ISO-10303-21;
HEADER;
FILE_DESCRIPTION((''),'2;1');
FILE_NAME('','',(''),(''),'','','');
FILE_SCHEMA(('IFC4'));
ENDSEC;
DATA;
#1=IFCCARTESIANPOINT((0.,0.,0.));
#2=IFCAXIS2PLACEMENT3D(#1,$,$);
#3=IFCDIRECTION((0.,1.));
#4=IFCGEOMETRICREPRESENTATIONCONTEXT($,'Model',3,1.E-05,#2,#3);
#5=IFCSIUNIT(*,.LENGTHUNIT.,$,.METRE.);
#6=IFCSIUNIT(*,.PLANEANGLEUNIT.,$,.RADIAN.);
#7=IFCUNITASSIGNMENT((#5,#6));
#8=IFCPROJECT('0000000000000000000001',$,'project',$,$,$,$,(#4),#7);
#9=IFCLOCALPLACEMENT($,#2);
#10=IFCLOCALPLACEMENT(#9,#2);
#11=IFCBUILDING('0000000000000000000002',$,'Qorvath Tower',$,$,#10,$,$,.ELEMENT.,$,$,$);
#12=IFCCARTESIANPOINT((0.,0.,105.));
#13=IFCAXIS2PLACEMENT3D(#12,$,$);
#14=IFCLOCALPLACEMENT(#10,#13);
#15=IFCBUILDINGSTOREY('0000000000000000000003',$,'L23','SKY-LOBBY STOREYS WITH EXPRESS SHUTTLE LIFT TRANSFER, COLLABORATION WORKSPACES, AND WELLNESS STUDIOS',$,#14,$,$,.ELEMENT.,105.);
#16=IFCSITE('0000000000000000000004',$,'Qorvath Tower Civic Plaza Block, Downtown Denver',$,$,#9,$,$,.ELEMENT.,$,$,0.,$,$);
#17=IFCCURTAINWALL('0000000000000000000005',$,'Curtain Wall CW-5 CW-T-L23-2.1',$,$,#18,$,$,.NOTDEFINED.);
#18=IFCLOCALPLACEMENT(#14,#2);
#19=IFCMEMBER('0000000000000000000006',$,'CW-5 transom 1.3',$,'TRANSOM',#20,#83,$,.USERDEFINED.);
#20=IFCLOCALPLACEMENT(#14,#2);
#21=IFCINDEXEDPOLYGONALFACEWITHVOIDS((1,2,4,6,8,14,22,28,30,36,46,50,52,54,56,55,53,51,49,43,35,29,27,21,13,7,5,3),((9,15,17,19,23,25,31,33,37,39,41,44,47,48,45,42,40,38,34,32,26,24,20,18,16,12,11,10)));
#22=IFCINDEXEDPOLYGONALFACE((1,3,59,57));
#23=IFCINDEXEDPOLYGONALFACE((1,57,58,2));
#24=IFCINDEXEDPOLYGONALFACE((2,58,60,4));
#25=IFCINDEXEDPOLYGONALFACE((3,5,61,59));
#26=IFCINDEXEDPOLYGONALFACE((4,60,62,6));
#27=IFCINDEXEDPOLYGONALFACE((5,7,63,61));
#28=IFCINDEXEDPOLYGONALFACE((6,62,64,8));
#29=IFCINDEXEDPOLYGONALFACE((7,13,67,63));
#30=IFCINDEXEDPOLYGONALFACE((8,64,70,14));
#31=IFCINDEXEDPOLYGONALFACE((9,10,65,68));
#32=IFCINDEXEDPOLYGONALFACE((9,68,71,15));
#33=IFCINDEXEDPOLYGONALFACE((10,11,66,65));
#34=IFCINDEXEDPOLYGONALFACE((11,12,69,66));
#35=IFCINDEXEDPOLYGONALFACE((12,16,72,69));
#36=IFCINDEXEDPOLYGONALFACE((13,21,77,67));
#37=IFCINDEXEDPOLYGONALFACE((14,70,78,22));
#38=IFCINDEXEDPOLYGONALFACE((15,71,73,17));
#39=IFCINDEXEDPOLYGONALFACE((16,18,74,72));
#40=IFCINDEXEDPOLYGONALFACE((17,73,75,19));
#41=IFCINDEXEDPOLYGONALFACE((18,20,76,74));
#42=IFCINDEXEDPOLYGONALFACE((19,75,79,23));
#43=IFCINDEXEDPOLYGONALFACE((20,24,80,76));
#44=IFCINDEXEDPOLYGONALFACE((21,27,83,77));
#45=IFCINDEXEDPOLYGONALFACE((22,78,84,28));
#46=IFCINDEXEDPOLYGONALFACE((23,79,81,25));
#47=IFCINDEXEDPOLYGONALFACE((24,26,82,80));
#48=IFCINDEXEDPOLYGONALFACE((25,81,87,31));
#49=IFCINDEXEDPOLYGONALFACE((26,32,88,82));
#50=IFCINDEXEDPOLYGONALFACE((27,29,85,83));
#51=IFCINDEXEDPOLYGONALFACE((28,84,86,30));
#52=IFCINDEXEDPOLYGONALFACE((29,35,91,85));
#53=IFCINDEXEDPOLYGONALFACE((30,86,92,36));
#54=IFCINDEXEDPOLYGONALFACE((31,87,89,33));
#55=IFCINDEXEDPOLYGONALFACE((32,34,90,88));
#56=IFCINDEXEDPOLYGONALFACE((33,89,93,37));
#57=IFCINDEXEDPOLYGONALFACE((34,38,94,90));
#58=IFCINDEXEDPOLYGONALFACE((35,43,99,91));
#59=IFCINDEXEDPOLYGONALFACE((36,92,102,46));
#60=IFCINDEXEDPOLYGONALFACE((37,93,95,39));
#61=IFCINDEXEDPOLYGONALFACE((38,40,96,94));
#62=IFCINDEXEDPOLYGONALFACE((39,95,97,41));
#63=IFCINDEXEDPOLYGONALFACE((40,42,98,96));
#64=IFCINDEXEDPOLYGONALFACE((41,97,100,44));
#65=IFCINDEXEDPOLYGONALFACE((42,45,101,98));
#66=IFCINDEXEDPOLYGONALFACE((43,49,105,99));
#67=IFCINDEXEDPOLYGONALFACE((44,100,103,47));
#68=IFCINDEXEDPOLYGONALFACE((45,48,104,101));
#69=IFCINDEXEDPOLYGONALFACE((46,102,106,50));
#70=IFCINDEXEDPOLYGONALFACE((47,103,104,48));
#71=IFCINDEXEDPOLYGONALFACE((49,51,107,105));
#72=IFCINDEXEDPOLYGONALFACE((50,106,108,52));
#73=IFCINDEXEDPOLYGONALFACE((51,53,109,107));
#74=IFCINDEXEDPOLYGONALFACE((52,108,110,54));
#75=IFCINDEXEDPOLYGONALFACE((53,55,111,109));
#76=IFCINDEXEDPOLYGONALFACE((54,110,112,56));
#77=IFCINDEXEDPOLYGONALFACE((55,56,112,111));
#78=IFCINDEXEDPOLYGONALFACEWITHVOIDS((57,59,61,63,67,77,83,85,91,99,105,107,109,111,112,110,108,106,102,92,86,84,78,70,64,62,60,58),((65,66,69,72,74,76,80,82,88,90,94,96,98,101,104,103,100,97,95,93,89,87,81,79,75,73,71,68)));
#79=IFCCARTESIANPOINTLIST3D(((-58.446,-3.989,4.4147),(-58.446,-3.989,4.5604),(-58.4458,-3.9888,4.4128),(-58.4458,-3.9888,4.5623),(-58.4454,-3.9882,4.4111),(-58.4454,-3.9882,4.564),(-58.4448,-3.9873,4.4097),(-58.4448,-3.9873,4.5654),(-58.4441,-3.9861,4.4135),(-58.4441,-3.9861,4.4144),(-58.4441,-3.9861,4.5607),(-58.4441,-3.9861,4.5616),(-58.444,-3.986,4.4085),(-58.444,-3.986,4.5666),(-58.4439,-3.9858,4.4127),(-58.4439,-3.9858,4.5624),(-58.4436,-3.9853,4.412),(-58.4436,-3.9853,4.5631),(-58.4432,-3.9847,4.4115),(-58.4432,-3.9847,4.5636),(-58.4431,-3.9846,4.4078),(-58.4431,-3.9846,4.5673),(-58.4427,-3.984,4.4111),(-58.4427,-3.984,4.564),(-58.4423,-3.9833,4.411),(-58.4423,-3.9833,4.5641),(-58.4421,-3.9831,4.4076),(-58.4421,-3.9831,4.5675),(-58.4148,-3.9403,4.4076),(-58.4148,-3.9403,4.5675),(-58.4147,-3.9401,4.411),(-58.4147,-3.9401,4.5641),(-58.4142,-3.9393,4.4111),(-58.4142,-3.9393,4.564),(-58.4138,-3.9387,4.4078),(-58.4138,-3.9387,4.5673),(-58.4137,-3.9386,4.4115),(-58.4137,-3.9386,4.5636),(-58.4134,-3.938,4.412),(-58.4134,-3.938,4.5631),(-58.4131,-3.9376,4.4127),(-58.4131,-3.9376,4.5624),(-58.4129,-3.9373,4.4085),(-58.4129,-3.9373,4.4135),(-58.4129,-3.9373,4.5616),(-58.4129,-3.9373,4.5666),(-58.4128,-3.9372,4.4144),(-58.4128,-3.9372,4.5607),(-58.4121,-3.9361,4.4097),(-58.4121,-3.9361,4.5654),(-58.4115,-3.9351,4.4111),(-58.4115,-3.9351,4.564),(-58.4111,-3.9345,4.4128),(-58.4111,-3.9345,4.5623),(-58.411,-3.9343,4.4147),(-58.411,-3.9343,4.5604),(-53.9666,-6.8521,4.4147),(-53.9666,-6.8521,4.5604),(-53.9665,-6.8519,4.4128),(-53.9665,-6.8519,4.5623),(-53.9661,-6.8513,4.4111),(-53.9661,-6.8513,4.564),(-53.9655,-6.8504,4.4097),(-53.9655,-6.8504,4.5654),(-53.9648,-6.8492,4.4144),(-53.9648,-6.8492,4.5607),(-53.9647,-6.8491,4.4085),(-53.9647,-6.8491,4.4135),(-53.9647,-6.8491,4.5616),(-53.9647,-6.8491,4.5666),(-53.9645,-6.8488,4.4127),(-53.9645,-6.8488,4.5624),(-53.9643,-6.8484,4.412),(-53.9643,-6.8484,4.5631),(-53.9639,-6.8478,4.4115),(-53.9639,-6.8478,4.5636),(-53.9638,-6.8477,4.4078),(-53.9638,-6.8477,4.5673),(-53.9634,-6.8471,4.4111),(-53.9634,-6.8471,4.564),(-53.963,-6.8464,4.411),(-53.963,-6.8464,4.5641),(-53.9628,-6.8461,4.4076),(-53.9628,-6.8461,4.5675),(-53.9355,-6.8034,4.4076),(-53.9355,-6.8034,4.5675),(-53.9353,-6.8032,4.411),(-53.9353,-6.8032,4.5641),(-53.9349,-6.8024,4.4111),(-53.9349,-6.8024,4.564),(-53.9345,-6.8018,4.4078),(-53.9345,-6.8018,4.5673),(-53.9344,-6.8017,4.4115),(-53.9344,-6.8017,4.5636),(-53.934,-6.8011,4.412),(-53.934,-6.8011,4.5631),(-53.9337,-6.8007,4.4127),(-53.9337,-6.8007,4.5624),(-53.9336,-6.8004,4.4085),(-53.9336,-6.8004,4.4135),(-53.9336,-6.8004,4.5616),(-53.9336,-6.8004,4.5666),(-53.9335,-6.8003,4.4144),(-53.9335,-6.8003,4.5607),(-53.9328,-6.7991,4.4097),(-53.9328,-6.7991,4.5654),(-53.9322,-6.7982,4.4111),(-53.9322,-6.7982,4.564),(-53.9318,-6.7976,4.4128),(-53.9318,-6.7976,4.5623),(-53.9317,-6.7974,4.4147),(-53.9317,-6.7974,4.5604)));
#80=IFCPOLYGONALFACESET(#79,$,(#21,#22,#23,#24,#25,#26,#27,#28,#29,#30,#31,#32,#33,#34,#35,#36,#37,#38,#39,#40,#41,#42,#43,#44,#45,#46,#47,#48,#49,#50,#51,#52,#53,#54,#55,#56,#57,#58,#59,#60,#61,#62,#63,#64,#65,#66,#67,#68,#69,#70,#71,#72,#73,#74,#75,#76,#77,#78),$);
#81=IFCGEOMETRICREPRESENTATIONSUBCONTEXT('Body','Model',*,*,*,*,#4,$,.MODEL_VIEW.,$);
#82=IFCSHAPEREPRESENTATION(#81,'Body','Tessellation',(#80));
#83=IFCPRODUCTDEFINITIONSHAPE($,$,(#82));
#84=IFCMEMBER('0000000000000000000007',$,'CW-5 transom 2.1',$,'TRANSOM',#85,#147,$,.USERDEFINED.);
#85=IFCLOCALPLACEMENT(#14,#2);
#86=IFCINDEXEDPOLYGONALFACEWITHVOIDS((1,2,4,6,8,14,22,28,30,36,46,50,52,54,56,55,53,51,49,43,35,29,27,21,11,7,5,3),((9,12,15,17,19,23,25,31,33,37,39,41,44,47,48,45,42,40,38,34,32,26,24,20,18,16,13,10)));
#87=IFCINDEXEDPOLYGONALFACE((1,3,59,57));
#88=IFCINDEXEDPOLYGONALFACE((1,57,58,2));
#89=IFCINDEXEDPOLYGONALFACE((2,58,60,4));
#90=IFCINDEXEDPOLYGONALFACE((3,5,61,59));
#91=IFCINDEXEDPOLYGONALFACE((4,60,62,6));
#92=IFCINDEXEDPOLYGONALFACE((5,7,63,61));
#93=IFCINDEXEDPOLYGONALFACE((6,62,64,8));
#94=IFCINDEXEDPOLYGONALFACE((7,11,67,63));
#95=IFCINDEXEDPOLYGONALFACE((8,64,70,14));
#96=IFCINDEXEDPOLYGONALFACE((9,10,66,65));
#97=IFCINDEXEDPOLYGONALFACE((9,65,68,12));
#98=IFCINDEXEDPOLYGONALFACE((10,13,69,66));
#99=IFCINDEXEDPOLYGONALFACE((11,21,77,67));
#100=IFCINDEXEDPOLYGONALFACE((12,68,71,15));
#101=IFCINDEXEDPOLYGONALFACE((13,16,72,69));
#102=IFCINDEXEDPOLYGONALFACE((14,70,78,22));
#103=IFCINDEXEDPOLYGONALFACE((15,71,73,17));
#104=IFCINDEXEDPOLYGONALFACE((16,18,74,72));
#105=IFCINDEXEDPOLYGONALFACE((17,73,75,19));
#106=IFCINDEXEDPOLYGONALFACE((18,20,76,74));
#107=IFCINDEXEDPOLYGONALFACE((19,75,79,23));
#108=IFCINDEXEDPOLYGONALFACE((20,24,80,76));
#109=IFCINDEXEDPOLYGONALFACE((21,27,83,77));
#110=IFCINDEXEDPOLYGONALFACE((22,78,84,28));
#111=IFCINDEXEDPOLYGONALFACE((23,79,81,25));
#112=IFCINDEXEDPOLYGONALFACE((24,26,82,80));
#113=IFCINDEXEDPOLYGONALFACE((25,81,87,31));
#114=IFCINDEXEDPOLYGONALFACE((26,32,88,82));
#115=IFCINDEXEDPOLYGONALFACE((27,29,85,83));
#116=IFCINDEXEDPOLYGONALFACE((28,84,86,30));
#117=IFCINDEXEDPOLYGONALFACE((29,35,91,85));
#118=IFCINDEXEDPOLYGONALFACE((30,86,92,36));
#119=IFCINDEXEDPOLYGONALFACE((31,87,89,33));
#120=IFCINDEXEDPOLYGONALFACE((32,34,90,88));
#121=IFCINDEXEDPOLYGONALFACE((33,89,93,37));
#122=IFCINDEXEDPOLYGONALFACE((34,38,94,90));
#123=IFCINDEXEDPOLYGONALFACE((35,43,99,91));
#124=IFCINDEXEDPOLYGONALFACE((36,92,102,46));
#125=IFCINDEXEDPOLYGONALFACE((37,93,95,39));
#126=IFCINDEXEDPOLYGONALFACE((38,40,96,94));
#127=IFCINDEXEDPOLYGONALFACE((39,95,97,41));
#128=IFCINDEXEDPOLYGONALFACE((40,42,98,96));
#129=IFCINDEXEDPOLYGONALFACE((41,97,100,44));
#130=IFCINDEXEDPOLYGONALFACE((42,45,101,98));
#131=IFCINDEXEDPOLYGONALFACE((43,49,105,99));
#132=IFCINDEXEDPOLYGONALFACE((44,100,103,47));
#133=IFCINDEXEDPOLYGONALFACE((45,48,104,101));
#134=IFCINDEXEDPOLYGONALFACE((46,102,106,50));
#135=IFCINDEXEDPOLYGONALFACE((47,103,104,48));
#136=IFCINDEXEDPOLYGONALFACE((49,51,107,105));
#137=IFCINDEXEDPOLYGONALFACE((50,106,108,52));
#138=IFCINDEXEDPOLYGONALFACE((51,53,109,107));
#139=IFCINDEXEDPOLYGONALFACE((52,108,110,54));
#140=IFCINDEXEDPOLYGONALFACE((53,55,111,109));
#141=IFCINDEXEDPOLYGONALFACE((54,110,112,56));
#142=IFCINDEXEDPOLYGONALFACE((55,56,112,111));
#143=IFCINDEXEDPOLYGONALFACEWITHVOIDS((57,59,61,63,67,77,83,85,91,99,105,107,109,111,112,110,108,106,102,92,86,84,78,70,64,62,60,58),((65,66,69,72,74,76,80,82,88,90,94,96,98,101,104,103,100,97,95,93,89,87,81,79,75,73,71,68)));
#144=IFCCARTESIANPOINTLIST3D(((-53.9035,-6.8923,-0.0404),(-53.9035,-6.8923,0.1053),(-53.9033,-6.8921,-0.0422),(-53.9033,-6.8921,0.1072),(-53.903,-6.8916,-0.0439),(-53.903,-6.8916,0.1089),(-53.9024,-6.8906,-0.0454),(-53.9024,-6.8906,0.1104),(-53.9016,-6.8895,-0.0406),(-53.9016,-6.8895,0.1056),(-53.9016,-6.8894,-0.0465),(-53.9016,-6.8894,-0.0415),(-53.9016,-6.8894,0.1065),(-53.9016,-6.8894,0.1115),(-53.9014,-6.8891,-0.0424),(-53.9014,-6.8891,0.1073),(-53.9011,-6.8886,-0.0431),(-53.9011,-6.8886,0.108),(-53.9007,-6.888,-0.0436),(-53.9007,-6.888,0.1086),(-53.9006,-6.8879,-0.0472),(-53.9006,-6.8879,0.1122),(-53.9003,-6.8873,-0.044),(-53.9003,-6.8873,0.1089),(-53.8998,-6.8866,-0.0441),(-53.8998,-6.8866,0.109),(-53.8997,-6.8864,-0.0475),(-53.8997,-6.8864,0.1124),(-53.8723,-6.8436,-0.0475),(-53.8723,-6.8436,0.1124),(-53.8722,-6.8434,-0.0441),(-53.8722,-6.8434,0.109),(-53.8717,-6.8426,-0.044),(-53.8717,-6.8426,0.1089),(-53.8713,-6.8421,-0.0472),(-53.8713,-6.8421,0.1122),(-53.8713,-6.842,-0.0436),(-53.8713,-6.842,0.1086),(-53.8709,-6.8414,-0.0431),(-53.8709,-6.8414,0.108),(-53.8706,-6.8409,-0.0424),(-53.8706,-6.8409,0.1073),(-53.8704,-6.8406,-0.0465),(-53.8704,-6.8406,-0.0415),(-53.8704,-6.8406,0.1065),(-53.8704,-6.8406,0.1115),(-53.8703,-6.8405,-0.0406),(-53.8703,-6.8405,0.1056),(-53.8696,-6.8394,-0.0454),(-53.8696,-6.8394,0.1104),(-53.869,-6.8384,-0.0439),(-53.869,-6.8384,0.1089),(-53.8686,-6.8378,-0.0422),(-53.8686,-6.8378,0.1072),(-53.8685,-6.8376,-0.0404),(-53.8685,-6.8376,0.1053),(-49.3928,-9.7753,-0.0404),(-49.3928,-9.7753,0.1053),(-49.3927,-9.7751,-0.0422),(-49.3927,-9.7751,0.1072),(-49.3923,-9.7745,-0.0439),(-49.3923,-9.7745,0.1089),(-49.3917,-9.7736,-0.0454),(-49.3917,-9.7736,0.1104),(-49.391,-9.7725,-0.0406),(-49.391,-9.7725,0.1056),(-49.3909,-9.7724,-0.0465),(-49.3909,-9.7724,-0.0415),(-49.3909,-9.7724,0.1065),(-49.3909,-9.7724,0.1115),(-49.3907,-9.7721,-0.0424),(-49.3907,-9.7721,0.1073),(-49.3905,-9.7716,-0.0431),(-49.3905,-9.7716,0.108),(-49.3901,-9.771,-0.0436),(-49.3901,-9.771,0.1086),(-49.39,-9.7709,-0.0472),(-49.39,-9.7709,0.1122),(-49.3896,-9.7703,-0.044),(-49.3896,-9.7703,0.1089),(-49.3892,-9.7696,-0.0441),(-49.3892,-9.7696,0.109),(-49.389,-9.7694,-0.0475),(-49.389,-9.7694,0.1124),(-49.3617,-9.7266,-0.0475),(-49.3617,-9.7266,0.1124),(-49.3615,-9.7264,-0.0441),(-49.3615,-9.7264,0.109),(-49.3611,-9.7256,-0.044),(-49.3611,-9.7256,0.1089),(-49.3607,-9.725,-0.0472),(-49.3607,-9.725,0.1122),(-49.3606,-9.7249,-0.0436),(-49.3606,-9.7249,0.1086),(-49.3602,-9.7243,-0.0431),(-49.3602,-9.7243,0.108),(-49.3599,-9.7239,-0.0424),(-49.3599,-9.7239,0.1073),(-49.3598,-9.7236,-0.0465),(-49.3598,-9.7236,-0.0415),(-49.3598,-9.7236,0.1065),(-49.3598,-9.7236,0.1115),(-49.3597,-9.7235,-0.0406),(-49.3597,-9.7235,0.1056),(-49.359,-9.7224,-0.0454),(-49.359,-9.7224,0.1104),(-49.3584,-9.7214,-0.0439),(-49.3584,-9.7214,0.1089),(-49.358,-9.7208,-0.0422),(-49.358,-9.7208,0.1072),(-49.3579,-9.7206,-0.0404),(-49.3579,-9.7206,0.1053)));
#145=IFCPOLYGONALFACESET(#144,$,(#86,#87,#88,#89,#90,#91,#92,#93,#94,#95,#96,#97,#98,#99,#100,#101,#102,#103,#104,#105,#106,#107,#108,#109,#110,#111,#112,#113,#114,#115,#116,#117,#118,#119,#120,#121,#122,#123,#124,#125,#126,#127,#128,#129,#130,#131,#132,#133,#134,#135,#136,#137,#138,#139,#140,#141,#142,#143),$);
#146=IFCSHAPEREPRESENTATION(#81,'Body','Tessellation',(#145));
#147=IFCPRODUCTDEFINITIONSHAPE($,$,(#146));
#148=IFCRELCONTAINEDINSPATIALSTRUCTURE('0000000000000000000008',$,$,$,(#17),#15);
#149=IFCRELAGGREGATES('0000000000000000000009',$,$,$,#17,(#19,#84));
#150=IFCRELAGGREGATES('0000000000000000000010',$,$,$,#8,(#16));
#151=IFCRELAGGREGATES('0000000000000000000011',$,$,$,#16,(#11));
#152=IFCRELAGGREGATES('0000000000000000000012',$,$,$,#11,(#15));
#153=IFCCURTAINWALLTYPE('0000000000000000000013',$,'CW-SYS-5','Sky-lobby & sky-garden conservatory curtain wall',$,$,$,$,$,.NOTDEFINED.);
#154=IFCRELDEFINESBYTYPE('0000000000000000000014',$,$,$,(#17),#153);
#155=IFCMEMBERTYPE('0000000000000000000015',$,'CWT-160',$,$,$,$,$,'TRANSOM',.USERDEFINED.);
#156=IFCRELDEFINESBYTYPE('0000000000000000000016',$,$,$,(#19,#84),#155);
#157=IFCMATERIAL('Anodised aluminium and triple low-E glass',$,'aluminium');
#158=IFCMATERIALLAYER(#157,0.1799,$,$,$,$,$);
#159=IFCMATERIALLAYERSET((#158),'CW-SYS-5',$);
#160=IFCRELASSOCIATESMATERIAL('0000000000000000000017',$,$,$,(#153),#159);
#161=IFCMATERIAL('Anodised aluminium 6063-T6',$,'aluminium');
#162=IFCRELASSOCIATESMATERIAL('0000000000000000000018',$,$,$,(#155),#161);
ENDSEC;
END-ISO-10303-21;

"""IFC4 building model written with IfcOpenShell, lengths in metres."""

from ifc_helpers import new_model, si_unit, direction, frame, origin, origin_2d, place, context, subcontext, project, spatial, hollow_rectangle, extrude, material, layer, layer_set, material_profile, profile_set, type_object, element, aggregate, save


model = new_model("IFC4")

# Units and contexts
model_context = context("Model", 3, precision=1e-05, world=origin(), true_north=direction((0.0, 1.0)))
body_context = subcontext(model_context, "Body", "Model", "MODEL_VIEW")
ifc_project = project(units=[si_unit("LENGTHUNIT", "METRE"), si_unit("PLANEANGLEUNIT", "RADIAN")], contexts=[model_context])

# Site, building, storey
site_placement = place(None, origin())
site = spatial("IfcSite", under=ifc_project, at=site_placement, Name="Qorvath Tower Civic Plaza Block, Downtown Denver", CompositionType="ELEMENT", RefElevation=0.0)
building_placement = place(site_placement, origin())
building = spatial("IfcBuilding", under=site, at=building_placement, Name="Qorvath Tower", CompositionType="ELEMENT")
storey_placement = place(building_placement, frame((0.0, 0.0, 105.0)))
storey = spatial("IfcBuildingStorey", under=building, at=storey_placement, Name="L23", Description="SKY-LOBBY STOREYS WITH EXPRESS SHUTTLE LIFT TRANSFER, COLLABORATION WORKSPACES, AND WELLNESS STUDIOS", CompositionType="ELEMENT", Elevation=105.0)

# Curtain wall, members
ifc_material_1 = material(Name="Anodised aluminium and triple low-E glass", Category="aluminium")
ifc_layer_1 = layer(ifc_material_1, 0.1799)
ifc_layer_set_1 = layer_set([ifc_layer_1], Name="CW-SYS-5")
curtain_wall_type = type_object("IfcCurtainWallType", Name="CW-SYS-5", Description="Sky-lobby & sky-garden conservatory curtain wall", PredefinedType="NOTDEFINED", material=ifc_layer_set_1)
curtain_wall_placement = place(storey_placement, origin())
curtain_wall = element("IfcCurtainWall", 1, at=curtain_wall_placement, inside=storey, type_object=curtain_wall_type, Name="Curtain Wall CW-5 CW-T-L23-2.1", PredefinedType="NOTDEFINED")
ifc_material_2 = material(Name="Anodised aluminium 6063-T6", Category="aluminium")
ifc_material_profile_1 = material_profile(ifc_material_2, hollow_rectangle(XDim=0.0649, YDim=0.1599, WallThickness=0.0034, InnerFilletRadius=0.0034, OuterFilletRadius=0.0071, at=origin_2d()), Name="CWT 160x65")
ifc_profile_set_1 = profile_set([ifc_material_profile_1], Name="Anodised aluminium 6063-T6")
member_type_1 = type_object("IfcMemberType", Name="CWT-160", ElementType="TRANSOM", PredefinedType="USERDEFINED", material=ifc_profile_set_1)
member_1_placement = place(storey_placement, frame((-58.4285, -3.9617, 4.4875), z_axis=(0.842586, -0.538562, 0.0), x_axis=(0.538562, 0.842586, 0.0)))
member_1 = element("IfcMember", 2, at=member_1_placement, type_object=member_type_1, Name="CW-5 transom 1.3", ObjectType="TRANSOM", PredefinedType="USERDEFINED", context=body_context, shape_type="SweptSolid", body=[
    extrude(hollow_rectangle(XDim=0.0649, YDim=0.1599, WallThickness=0.0034, InnerFilletRadius=0.0034, OuterFilletRadius=0.0071, at=origin_2d()), origin(), (0.0, 0.0, 1.0), 5.3162),
])
member_2_placement = place(storey_placement, frame((-53.886, -6.865, 0.0325), z_axis=(0.842595, -0.538548, 0.0), x_axis=(0.538548, 0.842595, 0.0)))
member_2 = element("IfcMember", 3, at=member_2_placement, type_object=member_type_1, Name="CW-5 transom 2.1", ObjectType="TRANSOM", PredefinedType="USERDEFINED", context=body_context, shape_type="SweptSolid", body=[
    extrude(hollow_rectangle(XDim=0.0649, YDim=0.1599, WallThickness=0.0034, InnerFilletRadius=0.0034, OuterFilletRadius=0.0071, at=origin_2d()), origin(), (0.0, 0.0, 1.0), 5.3533),
])
aggregate(curtain_wall, [member_1, member_2])

save(model, "model.ifc")
